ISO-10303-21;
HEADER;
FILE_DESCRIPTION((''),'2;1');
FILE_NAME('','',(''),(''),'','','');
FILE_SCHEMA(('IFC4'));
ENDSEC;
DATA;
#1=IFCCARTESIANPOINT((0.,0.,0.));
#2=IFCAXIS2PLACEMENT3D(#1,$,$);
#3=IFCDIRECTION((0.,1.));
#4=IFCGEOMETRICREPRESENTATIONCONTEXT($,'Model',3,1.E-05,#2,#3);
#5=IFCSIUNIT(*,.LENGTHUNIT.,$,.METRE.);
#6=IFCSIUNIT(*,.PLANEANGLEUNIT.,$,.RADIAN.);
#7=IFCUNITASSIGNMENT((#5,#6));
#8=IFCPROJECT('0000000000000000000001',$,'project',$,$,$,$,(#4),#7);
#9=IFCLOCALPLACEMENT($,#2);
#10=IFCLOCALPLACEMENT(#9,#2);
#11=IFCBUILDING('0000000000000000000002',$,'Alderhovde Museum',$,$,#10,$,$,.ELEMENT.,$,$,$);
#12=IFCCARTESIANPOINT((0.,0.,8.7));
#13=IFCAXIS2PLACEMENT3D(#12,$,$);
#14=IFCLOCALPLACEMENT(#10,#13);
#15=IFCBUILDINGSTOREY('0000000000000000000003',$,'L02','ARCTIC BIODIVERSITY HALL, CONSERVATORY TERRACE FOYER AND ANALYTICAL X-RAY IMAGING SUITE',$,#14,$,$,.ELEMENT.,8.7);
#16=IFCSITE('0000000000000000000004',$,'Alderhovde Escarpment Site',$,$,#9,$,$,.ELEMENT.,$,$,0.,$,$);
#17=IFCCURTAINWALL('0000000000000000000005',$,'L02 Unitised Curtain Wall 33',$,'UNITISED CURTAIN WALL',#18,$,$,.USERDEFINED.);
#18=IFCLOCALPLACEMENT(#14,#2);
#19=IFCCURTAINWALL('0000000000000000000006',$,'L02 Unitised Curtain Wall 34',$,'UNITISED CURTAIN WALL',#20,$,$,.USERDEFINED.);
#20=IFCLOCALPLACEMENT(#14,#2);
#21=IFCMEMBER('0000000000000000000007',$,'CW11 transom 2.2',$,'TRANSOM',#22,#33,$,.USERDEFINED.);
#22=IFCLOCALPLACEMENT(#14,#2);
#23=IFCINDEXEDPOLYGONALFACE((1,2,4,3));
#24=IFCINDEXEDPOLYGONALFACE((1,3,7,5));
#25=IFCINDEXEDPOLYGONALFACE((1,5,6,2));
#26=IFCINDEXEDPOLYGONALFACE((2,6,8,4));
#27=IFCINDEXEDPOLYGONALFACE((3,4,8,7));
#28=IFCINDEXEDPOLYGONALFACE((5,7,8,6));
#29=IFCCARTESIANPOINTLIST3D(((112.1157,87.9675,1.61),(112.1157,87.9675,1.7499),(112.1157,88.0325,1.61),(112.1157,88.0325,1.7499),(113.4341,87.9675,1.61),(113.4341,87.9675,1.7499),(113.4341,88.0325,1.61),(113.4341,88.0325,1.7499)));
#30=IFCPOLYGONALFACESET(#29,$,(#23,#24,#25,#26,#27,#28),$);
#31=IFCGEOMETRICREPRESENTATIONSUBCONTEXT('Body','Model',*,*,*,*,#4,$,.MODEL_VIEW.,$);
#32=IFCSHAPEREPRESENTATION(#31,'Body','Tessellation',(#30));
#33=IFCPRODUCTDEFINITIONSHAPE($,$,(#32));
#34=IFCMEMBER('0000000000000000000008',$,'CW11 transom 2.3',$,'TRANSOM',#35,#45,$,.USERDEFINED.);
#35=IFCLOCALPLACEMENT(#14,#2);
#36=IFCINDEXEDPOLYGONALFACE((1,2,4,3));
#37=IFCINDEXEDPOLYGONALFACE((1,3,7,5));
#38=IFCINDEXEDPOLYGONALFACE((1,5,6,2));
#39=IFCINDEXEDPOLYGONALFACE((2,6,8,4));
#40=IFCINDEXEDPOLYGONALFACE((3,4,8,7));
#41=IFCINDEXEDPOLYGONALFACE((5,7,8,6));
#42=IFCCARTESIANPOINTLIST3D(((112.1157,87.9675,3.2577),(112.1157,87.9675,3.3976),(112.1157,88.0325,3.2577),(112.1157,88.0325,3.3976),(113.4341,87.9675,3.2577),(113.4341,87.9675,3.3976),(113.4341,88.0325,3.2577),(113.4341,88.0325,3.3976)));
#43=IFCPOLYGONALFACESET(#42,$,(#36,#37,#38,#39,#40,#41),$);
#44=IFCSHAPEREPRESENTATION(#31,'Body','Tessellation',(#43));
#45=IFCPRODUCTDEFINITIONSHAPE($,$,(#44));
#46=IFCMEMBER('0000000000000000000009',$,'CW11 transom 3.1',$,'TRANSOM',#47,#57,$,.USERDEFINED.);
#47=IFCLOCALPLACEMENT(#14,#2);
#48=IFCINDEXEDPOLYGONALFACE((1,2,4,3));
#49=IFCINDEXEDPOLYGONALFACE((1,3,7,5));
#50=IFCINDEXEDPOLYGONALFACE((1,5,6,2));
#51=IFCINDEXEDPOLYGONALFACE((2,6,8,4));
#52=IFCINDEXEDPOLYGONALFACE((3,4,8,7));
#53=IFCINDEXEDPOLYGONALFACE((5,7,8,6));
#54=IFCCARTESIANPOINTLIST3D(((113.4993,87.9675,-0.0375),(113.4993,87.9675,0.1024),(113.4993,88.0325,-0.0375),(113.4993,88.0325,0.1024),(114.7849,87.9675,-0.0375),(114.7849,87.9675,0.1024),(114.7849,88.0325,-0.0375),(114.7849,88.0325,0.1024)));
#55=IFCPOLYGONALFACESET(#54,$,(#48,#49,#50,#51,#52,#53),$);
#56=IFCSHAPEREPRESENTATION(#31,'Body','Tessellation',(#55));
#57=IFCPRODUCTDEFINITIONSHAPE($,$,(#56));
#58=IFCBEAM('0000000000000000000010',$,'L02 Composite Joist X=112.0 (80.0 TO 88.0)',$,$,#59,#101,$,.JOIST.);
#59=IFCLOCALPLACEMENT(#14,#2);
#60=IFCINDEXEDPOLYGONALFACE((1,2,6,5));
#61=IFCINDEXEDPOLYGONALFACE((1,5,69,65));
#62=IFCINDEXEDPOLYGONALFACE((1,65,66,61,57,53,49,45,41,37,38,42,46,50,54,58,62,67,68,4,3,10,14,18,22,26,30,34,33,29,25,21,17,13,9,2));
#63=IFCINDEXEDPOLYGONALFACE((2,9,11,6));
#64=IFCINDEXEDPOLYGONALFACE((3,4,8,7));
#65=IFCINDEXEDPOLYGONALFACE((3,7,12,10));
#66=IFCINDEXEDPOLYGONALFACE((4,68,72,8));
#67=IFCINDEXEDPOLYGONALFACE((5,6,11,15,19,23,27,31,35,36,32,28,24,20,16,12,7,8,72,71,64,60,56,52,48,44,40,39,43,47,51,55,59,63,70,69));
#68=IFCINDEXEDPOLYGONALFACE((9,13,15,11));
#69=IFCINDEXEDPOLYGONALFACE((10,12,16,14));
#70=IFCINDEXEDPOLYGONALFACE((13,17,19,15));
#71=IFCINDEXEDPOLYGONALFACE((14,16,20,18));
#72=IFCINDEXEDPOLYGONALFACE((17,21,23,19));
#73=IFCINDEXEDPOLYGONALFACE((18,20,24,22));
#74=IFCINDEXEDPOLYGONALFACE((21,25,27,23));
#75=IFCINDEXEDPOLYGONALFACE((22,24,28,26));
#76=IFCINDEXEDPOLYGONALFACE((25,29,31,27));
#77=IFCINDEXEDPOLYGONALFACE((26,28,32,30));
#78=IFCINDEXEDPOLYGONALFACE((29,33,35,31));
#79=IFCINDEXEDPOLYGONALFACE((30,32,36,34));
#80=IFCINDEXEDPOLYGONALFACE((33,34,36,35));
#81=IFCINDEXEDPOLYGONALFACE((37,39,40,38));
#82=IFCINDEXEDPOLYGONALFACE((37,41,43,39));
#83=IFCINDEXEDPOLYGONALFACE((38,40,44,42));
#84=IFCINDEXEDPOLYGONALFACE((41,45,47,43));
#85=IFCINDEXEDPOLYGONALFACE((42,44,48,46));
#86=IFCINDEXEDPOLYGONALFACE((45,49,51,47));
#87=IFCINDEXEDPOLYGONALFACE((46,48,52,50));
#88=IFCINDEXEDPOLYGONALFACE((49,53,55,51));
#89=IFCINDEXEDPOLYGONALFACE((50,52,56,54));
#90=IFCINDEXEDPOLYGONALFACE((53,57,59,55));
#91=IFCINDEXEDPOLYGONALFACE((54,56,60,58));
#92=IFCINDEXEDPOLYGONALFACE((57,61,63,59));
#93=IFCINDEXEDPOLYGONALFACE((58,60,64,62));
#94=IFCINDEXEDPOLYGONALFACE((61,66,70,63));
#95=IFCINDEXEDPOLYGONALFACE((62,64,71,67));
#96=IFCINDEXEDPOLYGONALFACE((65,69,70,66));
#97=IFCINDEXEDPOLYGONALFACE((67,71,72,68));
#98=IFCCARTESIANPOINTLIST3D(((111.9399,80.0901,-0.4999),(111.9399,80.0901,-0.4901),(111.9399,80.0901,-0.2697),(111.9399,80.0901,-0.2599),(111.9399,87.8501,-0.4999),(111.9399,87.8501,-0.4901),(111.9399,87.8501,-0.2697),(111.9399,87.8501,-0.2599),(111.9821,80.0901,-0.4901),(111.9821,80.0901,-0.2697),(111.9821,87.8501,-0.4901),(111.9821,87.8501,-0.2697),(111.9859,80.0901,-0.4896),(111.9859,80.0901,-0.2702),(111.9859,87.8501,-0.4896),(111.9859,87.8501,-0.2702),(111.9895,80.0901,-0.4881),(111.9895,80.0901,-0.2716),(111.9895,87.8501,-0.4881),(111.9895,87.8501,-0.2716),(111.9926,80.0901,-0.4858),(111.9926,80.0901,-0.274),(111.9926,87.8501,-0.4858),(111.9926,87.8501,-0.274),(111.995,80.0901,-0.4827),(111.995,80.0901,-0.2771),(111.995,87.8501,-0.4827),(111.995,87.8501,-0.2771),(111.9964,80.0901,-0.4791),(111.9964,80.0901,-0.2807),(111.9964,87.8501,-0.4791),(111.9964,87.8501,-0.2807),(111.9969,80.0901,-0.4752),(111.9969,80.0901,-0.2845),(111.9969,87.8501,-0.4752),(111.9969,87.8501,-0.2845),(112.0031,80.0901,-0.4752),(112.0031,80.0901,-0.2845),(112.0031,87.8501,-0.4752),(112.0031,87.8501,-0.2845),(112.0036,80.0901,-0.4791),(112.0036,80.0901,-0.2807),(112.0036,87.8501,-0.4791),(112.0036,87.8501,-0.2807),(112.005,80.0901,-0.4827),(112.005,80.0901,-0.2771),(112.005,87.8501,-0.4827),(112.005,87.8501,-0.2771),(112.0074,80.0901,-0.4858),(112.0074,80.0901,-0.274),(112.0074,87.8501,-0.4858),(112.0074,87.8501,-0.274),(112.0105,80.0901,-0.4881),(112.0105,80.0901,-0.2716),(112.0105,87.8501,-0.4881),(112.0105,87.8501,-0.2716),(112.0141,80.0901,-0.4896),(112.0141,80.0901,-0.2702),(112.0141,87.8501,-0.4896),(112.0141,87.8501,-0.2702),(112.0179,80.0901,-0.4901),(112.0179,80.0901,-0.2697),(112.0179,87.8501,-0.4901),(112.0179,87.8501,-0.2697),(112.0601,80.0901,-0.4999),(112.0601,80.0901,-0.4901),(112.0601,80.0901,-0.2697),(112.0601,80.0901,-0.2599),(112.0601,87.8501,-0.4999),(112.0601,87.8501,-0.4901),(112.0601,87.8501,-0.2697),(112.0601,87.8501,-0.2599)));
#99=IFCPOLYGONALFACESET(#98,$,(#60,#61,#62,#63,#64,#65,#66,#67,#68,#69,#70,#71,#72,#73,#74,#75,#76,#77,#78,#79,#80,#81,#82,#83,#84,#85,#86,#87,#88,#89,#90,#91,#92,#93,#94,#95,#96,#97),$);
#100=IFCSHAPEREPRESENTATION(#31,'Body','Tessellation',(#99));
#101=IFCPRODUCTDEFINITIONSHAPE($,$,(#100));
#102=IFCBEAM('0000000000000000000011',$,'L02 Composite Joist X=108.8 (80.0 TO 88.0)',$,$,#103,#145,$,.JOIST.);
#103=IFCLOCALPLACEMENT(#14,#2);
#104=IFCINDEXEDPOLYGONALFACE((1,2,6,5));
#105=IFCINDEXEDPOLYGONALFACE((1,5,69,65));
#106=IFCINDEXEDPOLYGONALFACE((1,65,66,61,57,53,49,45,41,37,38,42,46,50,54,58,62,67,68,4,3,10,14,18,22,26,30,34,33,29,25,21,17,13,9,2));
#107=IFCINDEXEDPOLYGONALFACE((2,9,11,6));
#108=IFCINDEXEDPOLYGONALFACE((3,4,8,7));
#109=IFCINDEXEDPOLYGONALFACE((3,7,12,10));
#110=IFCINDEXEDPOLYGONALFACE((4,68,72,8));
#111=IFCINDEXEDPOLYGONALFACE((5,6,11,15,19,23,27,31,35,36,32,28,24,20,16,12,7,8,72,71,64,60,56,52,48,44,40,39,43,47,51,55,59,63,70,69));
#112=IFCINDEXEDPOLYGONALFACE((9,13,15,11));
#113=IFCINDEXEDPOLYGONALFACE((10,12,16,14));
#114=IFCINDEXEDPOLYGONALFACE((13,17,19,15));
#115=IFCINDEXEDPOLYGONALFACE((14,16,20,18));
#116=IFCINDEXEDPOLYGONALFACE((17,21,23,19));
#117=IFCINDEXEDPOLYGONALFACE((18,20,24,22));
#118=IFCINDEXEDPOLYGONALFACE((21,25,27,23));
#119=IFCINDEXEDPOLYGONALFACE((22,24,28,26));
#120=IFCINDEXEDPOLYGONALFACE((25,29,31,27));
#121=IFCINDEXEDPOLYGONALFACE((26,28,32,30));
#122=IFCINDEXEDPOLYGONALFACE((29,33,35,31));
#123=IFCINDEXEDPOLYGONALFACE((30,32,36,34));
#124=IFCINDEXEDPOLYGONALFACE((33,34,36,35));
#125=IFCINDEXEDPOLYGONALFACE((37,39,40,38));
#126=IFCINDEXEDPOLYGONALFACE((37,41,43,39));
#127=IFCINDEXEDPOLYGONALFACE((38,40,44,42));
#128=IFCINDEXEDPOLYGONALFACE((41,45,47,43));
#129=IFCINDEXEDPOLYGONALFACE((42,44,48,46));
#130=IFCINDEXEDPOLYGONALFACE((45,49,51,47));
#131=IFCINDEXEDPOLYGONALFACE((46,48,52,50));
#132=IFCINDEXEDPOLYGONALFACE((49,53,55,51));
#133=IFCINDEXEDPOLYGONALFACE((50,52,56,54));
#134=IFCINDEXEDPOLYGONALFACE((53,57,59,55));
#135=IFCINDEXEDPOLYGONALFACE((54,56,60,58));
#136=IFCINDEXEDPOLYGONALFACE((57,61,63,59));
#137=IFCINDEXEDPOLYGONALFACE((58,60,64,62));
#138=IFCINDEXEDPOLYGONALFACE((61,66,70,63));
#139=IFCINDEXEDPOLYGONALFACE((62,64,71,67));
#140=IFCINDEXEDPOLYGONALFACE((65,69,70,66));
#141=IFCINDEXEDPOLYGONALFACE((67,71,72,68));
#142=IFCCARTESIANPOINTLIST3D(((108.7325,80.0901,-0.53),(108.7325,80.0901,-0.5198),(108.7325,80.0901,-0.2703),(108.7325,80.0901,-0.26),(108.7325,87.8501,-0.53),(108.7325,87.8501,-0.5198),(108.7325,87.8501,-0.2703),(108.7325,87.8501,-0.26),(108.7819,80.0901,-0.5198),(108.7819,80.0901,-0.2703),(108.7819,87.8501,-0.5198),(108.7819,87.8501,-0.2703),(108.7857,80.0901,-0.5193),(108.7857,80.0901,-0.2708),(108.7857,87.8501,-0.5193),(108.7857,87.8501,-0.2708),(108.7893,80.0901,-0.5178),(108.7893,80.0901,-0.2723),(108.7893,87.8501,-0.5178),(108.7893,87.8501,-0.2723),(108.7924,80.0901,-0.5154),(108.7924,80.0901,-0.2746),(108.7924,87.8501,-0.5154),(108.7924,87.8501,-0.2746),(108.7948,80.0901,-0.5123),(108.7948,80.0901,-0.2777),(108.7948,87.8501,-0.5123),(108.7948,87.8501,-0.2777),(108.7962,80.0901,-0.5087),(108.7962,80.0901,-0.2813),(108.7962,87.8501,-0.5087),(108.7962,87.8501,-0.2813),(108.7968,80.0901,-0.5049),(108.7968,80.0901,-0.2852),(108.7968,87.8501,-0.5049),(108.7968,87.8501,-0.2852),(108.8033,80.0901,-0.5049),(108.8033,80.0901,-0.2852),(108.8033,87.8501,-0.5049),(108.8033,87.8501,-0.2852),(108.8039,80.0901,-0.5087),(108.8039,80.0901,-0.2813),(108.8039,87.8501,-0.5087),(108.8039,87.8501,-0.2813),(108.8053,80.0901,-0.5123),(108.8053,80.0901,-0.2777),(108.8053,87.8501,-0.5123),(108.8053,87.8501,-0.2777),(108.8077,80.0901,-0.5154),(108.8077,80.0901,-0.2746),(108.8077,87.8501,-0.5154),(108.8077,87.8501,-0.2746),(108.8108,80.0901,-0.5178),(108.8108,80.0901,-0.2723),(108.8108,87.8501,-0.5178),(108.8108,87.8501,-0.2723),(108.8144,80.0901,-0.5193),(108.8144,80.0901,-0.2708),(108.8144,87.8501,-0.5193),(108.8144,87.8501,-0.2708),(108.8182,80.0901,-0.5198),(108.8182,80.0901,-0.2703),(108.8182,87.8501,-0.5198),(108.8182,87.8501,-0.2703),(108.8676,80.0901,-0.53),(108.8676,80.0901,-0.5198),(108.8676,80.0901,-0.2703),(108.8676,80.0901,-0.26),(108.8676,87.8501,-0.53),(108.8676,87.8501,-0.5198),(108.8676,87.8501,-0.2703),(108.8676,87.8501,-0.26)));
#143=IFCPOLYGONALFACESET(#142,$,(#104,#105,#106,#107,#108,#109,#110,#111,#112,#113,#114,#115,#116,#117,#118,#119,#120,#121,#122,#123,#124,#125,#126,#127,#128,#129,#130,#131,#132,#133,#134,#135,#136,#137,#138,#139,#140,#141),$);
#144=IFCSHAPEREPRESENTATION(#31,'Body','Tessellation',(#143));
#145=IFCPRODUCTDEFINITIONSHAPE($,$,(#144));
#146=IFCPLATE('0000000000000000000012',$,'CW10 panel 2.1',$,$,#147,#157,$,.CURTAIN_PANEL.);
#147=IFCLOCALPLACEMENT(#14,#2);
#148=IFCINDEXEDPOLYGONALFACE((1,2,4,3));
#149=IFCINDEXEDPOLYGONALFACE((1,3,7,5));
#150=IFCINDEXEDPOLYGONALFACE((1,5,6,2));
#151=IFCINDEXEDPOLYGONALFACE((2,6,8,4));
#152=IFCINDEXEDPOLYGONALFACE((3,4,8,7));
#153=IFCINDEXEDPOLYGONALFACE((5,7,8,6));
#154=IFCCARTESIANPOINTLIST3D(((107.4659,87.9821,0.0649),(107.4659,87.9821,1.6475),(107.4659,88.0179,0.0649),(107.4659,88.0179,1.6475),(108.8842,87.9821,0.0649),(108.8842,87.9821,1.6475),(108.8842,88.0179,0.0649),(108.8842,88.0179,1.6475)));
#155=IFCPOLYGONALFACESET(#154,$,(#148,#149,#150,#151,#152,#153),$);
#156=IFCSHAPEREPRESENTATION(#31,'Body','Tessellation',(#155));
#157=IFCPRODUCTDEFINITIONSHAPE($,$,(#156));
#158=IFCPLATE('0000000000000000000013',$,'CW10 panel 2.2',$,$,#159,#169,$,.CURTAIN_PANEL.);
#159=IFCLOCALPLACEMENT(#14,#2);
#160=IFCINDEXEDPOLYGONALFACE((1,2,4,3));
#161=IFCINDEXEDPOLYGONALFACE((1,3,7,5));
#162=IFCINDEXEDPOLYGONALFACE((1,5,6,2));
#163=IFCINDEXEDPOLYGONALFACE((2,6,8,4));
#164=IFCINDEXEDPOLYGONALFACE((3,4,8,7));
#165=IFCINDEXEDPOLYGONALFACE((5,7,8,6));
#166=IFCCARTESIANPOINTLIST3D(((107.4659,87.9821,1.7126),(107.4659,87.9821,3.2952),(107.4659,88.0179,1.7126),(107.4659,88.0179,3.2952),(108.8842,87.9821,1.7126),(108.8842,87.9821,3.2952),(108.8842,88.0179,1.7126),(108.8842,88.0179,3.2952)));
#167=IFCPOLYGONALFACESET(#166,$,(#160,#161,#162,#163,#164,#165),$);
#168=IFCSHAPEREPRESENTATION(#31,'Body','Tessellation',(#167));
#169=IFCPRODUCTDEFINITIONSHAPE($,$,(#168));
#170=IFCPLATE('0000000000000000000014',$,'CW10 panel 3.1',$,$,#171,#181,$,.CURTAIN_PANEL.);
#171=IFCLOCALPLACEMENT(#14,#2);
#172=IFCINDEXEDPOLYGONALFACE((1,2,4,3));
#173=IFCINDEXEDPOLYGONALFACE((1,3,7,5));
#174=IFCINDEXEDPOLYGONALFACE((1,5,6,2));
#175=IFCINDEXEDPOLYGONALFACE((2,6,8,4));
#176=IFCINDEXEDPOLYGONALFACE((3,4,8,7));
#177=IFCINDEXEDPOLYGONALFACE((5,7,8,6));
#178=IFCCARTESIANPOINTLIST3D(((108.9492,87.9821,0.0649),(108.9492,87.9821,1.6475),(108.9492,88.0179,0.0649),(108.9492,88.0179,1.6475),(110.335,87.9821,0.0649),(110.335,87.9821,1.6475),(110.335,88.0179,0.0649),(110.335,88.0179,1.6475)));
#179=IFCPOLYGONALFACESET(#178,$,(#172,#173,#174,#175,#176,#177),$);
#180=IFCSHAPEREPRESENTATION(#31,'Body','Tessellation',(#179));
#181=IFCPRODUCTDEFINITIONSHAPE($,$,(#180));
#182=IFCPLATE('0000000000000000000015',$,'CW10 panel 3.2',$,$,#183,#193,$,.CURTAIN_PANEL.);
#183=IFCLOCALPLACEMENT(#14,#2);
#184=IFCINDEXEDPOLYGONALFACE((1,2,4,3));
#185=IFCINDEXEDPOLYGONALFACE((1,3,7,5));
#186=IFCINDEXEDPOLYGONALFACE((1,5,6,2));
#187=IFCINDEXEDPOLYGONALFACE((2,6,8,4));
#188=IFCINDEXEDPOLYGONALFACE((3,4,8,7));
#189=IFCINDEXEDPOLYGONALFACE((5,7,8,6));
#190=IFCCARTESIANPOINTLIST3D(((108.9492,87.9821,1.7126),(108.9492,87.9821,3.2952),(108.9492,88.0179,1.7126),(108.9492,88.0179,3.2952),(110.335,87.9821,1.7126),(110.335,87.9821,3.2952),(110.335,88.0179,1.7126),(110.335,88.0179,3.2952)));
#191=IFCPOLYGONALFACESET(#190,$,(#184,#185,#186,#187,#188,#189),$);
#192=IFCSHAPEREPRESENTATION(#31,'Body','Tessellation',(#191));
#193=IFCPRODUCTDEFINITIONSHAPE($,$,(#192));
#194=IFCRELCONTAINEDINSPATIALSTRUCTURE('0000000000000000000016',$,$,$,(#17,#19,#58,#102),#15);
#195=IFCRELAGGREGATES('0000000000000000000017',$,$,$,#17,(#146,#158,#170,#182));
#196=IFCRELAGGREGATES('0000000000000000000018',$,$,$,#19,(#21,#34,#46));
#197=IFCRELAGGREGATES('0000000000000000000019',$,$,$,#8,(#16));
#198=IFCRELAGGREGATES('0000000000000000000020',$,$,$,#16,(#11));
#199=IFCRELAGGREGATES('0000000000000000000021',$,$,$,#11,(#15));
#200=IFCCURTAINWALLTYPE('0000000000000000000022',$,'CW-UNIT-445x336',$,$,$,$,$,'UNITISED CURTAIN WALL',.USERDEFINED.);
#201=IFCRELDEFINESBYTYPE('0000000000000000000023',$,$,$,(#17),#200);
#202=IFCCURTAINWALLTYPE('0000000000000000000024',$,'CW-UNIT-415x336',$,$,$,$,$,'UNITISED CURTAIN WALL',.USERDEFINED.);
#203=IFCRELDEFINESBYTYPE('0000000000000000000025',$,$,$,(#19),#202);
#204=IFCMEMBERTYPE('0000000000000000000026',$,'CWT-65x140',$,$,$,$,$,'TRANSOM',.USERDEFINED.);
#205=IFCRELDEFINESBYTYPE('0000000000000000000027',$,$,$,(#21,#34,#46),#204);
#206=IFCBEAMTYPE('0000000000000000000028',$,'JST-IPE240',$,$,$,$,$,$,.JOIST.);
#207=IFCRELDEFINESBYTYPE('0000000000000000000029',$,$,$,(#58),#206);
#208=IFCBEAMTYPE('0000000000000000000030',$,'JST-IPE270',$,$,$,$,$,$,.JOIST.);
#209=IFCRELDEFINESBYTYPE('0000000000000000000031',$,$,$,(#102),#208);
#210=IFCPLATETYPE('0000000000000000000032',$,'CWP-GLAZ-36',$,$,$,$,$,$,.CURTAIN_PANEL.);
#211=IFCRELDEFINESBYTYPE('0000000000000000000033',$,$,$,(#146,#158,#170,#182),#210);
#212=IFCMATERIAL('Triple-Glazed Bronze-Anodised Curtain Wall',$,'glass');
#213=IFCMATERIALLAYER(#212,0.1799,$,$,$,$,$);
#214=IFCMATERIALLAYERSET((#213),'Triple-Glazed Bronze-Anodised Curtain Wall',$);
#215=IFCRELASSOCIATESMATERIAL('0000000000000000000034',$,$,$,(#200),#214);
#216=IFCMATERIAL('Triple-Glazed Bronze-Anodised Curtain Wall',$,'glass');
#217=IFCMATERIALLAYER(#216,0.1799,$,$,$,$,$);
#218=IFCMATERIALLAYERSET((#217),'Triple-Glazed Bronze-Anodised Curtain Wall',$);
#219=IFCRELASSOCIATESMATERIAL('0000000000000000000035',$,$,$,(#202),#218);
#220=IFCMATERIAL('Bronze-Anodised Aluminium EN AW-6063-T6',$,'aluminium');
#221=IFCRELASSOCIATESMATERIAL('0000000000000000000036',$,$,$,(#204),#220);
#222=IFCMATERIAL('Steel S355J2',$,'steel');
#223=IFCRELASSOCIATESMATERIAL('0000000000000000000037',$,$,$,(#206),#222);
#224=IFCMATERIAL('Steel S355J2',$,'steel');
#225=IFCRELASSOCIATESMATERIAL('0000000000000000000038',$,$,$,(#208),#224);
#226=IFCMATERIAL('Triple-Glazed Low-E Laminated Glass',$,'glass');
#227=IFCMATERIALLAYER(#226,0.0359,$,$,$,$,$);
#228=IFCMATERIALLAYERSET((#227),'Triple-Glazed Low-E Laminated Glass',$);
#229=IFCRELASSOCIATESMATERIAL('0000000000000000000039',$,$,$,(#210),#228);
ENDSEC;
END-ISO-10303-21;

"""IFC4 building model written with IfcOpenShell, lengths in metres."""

from ifc_helpers import new_model, si_unit, direction, frame, origin, origin_2d, place, context, subcontext, project, spatial, rectangle, i_section, extrude, material, layer, layer_set, material_profile, profile_set, type_object, element, aggregate, save


model = new_model("IFC4")

# Units and contexts
model_context = context("Model", 3, precision=1e-05, world=origin(), true_north=direction((0.0, 1.0)))
body_context = subcontext(model_context, "Body", "Model", "MODEL_VIEW")
ifc_project = project(units=[si_unit("LENGTHUNIT", "METRE"), si_unit("PLANEANGLEUNIT", "RADIAN")], contexts=[model_context])

# Site, building, storey
site_placement = place(None, origin())
site = spatial("IfcSite", under=ifc_project, at=site_placement, Name="Alderhovde Escarpment Site", CompositionType="ELEMENT", RefElevation=0.0)
building_placement = place(site_placement, origin())
building = spatial("IfcBuilding", under=site, at=building_placement, Name="Alderhovde Museum", CompositionType="ELEMENT")
storey_placement = place(building_placement, frame((0.0, 0.0, 8.7)))
storey = spatial("IfcBuildingStorey", under=building, at=storey_placement, Name="L02", Description="ARCTIC BIODIVERSITY HALL, CONSERVATORY TERRACE FOYER AND ANALYTICAL X-RAY IMAGING SUITE", CompositionType="ELEMENT", Elevation=8.7)

# Curtain walls
ifc_material_1 = material(Name="Triple-Glazed Bronze-Anodised Curtain Wall", Category="glass")
ifc_layer_1 = layer(ifc_material_1, 0.1799)
ifc_layer_set_1 = layer_set([ifc_layer_1], Name="Triple-Glazed Bronze-Anodised Curtain Wall")
curtain_wall_type_1 = type_object("IfcCurtainWallType", Name="CW-UNIT-445x336", ElementType="UNITISED CURTAIN WALL", PredefinedType="USERDEFINED", material=ifc_layer_set_1)
curtain_wall_1_placement = place(storey_placement, origin())
curtain_wall_1 = element("IfcCurtainWall", 1, at=curtain_wall_1_placement, inside=storey, type_object=curtain_wall_type_1, Name="L02 Unitised Curtain Wall 33", ObjectType="UNITISED CURTAIN WALL", PredefinedType="USERDEFINED")
ifc_material_2 = material(Name="Triple-Glazed Bronze-Anodised Curtain Wall", Category="glass")
ifc_layer_2 = layer(ifc_material_2, 0.1799)
ifc_layer_set_2 = layer_set([ifc_layer_2], Name="Triple-Glazed Bronze-Anodised Curtain Wall")
curtain_wall_type_2 = type_object("IfcCurtainWallType", Name="CW-UNIT-415x336", ElementType="UNITISED CURTAIN WALL", PredefinedType="USERDEFINED", material=ifc_layer_set_2)
curtain_wall_2_placement = place(storey_placement, origin())
curtain_wall_2 = element("IfcCurtainWall", 2, at=curtain_wall_2_placement, inside=storey, type_object=curtain_wall_type_2, Name="L02 Unitised Curtain Wall 34", ObjectType="UNITISED CURTAIN WALL", PredefinedType="USERDEFINED")

# Members
ifc_material_3 = material(Name="Bronze-Anodised Aluminium EN AW-6063-T6", Category="aluminium")
ifc_material_profile_1 = material_profile(ifc_material_3, rectangle(XDim=0.0649, YDim=0.1399, at=origin_2d()), Name="TRANSOM 65x140")
ifc_profile_set_1 = profile_set([ifc_material_profile_1], Name="Bronze-Anodised Aluminium EN AW-6063-T6")
member_type_1 = type_object("IfcMemberType", Name="CWT-65x140", ElementType="TRANSOM", PredefinedType="USERDEFINED", material=ifc_profile_set_1)
member_1_placement = place(storey_placement, frame((112.1157, 88.0, 1.6799), z_axis=(1.0, 0.0, 0.0), x_axis=(0.0, 1.0, 0.0)))
member_1 = element("IfcMember", 3, at=member_1_placement, type_object=member_type_1, Name="CW11 transom 2.2", ObjectType="TRANSOM", PredefinedType="USERDEFINED", context=body_context, shape_type="SweptSolid", body=[
    extrude(rectangle(XDim=0.0649, YDim=0.1399, at=origin_2d()), origin(), (0.0, 0.0, 1.0), 1.3184),
])
member_2_placement = place(storey_placement, frame((112.1157, 88.0, 3.3276), z_axis=(1.0, 0.0, 0.0), x_axis=(0.0, 1.0, 0.0)))
member_2 = element("IfcMember", 4, at=member_2_placement, type_object=member_type_1, Name="CW11 transom 2.3", ObjectType="TRANSOM", PredefinedType="USERDEFINED", context=body_context, shape_type="SweptSolid", body=[
    extrude(rectangle(XDim=0.0649, YDim=0.1399, at=origin_2d()), origin(), (0.0, 0.0, 1.0), 1.3184),
])
member_3_placement = place(storey_placement, frame((113.4993, 88.0, 0.0325), z_axis=(1.0, 0.0, 0.0), x_axis=(0.0, 1.0, 0.0)))
member_3 = element("IfcMember", 5, at=member_3_placement, type_object=member_type_1, Name="CW11 transom 3.1", ObjectType="TRANSOM", PredefinedType="USERDEFINED", context=body_context, shape_type="SweptSolid", body=[
    extrude(rectangle(XDim=0.0649, YDim=0.1399, at=origin_2d()), origin(), (0.0, 0.0, 1.0), 1.2856),
])

# Beams
ifc_material_4 = material(Name="Steel S355J2", Category="steel")
ifc_material_profile_2 = material_profile(ifc_material_4, i_section(OverallWidth=0.1201, OverallDepth=0.24, WebThickness=0.0061, FlangeThickness=0.0098, FilletRadius=0.0149, at=origin_2d()), Name="IPE 240")
ifc_profile_set_2 = profile_set([ifc_material_profile_2], Name="Steel S355J2")
beam_type_1 = type_object("IfcBeamType", Name="JST-IPE240", PredefinedType="JOIST", material=ifc_profile_set_2)
beam_1_placement = place(storey_placement, frame((112.0, 80.0901, -0.3799), z_axis=(0.0, 1.0, 0.0), x_axis=(-1.0, 0.0, 0.0)))
element("IfcBeam", 6, at=beam_1_placement, inside=storey, type_object=beam_type_1, Name="L02 Composite Joist X=112.0 (80.0 TO 88.0)", PredefinedType="JOIST", context=body_context, shape_type="SweptSolid", body=[
    extrude(i_section(OverallWidth=0.1201, OverallDepth=0.24, WebThickness=0.0061, FlangeThickness=0.0098, FilletRadius=0.0149, at=origin_2d()), origin(), (0.0, 0.0, 1.0), 7.76),
])
ifc_material_5 = material(Name="Steel S355J2", Category="steel")
ifc_material_profile_3 = material_profile(ifc_material_5, i_section(OverallWidth=0.135, OverallDepth=0.27, WebThickness=0.0066, FlangeThickness=0.0103, FilletRadius=0.0149, at=origin_2d()), Name="IPE 270")
ifc_profile_set_3 = profile_set([ifc_material_profile_3], Name="Steel S355J2")
beam_type_2 = type_object("IfcBeamType", Name="JST-IPE270", PredefinedType="JOIST", material=ifc_profile_set_3)
beam_2_placement = place(storey_placement, frame((108.8, 80.0901, -0.395), z_axis=(0.0, 1.0, 0.0), x_axis=(-1.0, 0.0, 0.0)))
element("IfcBeam", 7, at=beam_2_placement, inside=storey, type_object=beam_type_2, Name="L02 Composite Joist X=108.8 (80.0 TO 88.0)", PredefinedType="JOIST", context=body_context, shape_type="SweptSolid", body=[
    extrude(i_section(OverallWidth=0.135, OverallDepth=0.27, WebThickness=0.0066, FlangeThickness=0.0103, FilletRadius=0.0149, at=origin_2d()), origin(), (0.0, 0.0, 1.0), 7.76),
])

# Plates
ifc_material_6 = material(Name="Triple-Glazed Low-E Laminated Glass", Category="glass")
ifc_layer_3 = layer(ifc_material_6, 0.0359)
ifc_layer_set_3 = layer_set([ifc_layer_3], Name="Triple-Glazed Low-E Laminated Glass")
plate_type_1 = type_object("IfcPlateType", Name="CWP-GLAZ-36", PredefinedType="CURTAIN_PANEL", material=ifc_layer_set_3)
plate_1_placement = place(storey_placement, frame((108.175, 88.0, 0.0649), z_axis=(0.0, 0.0, 1.0), x_axis=(1.0, 0.0, 0.0)))
plate_1 = element("IfcPlate", 8, at=plate_1_placement, type_object=plate_type_1, Name="CW10 panel 2.1", PredefinedType="CURTAIN_PANEL", context=body_context, shape_type="SweptSolid", body=[
    extrude(rectangle(XDim=1.4182, YDim=0.0359, at=origin_2d()), origin(), (0.0, 0.0, 1.0), 1.5825),
])
plate_2_placement = place(storey_placement, frame((108.175, 88.0, 1.7126), z_axis=(0.0, 0.0, 1.0), x_axis=(1.0, 0.0, 0.0)))
plate_2 = element("IfcPlate", 9, at=plate_2_placement, type_object=plate_type_1, Name="CW10 panel 2.2", PredefinedType="CURTAIN_PANEL", context=body_context, shape_type="SweptSolid", body=[
    extrude(rectangle(XDim=1.4182, YDim=0.0359, at=origin_2d()), origin(), (0.0, 0.0, 1.0), 1.5825),
])
plate_3_placement = place(storey_placement, frame((109.6421, 88.0, 0.0649), z_axis=(0.0, 0.0, 1.0), x_axis=(1.0, 0.0, 0.0)))
plate_3 = element("IfcPlate", 10, at=plate_3_placement, type_object=plate_type_1, Name="CW10 panel 3.1", PredefinedType="CURTAIN_PANEL", context=body_context, shape_type="SweptSolid", body=[
    extrude(rectangle(XDim=1.3857, YDim=0.0359, at=origin_2d()), origin(), (0.0, 0.0, 1.0), 1.5825),
])
plate_4_placement = place(storey_placement, frame((109.6421, 88.0, 1.7126), z_axis=(0.0, 0.0, 1.0), x_axis=(1.0, 0.0, 0.0)))
plate_4 = element("IfcPlate", 11, at=plate_4_placement, type_object=plate_type_1, Name="CW10 panel 3.2", PredefinedType="CURTAIN_PANEL", context=body_context, shape_type="SweptSolid", body=[
    extrude(rectangle(XDim=1.3857, YDim=0.0359, at=origin_2d()), origin(), (0.0, 0.0, 1.0), 1.5825),
])
aggregate(curtain_wall_1, [plate_1, plate_2, plate_3, plate_4])
aggregate(curtain_wall_2, [member_1, member_2, member_3])

save(model, "model.ifc")
